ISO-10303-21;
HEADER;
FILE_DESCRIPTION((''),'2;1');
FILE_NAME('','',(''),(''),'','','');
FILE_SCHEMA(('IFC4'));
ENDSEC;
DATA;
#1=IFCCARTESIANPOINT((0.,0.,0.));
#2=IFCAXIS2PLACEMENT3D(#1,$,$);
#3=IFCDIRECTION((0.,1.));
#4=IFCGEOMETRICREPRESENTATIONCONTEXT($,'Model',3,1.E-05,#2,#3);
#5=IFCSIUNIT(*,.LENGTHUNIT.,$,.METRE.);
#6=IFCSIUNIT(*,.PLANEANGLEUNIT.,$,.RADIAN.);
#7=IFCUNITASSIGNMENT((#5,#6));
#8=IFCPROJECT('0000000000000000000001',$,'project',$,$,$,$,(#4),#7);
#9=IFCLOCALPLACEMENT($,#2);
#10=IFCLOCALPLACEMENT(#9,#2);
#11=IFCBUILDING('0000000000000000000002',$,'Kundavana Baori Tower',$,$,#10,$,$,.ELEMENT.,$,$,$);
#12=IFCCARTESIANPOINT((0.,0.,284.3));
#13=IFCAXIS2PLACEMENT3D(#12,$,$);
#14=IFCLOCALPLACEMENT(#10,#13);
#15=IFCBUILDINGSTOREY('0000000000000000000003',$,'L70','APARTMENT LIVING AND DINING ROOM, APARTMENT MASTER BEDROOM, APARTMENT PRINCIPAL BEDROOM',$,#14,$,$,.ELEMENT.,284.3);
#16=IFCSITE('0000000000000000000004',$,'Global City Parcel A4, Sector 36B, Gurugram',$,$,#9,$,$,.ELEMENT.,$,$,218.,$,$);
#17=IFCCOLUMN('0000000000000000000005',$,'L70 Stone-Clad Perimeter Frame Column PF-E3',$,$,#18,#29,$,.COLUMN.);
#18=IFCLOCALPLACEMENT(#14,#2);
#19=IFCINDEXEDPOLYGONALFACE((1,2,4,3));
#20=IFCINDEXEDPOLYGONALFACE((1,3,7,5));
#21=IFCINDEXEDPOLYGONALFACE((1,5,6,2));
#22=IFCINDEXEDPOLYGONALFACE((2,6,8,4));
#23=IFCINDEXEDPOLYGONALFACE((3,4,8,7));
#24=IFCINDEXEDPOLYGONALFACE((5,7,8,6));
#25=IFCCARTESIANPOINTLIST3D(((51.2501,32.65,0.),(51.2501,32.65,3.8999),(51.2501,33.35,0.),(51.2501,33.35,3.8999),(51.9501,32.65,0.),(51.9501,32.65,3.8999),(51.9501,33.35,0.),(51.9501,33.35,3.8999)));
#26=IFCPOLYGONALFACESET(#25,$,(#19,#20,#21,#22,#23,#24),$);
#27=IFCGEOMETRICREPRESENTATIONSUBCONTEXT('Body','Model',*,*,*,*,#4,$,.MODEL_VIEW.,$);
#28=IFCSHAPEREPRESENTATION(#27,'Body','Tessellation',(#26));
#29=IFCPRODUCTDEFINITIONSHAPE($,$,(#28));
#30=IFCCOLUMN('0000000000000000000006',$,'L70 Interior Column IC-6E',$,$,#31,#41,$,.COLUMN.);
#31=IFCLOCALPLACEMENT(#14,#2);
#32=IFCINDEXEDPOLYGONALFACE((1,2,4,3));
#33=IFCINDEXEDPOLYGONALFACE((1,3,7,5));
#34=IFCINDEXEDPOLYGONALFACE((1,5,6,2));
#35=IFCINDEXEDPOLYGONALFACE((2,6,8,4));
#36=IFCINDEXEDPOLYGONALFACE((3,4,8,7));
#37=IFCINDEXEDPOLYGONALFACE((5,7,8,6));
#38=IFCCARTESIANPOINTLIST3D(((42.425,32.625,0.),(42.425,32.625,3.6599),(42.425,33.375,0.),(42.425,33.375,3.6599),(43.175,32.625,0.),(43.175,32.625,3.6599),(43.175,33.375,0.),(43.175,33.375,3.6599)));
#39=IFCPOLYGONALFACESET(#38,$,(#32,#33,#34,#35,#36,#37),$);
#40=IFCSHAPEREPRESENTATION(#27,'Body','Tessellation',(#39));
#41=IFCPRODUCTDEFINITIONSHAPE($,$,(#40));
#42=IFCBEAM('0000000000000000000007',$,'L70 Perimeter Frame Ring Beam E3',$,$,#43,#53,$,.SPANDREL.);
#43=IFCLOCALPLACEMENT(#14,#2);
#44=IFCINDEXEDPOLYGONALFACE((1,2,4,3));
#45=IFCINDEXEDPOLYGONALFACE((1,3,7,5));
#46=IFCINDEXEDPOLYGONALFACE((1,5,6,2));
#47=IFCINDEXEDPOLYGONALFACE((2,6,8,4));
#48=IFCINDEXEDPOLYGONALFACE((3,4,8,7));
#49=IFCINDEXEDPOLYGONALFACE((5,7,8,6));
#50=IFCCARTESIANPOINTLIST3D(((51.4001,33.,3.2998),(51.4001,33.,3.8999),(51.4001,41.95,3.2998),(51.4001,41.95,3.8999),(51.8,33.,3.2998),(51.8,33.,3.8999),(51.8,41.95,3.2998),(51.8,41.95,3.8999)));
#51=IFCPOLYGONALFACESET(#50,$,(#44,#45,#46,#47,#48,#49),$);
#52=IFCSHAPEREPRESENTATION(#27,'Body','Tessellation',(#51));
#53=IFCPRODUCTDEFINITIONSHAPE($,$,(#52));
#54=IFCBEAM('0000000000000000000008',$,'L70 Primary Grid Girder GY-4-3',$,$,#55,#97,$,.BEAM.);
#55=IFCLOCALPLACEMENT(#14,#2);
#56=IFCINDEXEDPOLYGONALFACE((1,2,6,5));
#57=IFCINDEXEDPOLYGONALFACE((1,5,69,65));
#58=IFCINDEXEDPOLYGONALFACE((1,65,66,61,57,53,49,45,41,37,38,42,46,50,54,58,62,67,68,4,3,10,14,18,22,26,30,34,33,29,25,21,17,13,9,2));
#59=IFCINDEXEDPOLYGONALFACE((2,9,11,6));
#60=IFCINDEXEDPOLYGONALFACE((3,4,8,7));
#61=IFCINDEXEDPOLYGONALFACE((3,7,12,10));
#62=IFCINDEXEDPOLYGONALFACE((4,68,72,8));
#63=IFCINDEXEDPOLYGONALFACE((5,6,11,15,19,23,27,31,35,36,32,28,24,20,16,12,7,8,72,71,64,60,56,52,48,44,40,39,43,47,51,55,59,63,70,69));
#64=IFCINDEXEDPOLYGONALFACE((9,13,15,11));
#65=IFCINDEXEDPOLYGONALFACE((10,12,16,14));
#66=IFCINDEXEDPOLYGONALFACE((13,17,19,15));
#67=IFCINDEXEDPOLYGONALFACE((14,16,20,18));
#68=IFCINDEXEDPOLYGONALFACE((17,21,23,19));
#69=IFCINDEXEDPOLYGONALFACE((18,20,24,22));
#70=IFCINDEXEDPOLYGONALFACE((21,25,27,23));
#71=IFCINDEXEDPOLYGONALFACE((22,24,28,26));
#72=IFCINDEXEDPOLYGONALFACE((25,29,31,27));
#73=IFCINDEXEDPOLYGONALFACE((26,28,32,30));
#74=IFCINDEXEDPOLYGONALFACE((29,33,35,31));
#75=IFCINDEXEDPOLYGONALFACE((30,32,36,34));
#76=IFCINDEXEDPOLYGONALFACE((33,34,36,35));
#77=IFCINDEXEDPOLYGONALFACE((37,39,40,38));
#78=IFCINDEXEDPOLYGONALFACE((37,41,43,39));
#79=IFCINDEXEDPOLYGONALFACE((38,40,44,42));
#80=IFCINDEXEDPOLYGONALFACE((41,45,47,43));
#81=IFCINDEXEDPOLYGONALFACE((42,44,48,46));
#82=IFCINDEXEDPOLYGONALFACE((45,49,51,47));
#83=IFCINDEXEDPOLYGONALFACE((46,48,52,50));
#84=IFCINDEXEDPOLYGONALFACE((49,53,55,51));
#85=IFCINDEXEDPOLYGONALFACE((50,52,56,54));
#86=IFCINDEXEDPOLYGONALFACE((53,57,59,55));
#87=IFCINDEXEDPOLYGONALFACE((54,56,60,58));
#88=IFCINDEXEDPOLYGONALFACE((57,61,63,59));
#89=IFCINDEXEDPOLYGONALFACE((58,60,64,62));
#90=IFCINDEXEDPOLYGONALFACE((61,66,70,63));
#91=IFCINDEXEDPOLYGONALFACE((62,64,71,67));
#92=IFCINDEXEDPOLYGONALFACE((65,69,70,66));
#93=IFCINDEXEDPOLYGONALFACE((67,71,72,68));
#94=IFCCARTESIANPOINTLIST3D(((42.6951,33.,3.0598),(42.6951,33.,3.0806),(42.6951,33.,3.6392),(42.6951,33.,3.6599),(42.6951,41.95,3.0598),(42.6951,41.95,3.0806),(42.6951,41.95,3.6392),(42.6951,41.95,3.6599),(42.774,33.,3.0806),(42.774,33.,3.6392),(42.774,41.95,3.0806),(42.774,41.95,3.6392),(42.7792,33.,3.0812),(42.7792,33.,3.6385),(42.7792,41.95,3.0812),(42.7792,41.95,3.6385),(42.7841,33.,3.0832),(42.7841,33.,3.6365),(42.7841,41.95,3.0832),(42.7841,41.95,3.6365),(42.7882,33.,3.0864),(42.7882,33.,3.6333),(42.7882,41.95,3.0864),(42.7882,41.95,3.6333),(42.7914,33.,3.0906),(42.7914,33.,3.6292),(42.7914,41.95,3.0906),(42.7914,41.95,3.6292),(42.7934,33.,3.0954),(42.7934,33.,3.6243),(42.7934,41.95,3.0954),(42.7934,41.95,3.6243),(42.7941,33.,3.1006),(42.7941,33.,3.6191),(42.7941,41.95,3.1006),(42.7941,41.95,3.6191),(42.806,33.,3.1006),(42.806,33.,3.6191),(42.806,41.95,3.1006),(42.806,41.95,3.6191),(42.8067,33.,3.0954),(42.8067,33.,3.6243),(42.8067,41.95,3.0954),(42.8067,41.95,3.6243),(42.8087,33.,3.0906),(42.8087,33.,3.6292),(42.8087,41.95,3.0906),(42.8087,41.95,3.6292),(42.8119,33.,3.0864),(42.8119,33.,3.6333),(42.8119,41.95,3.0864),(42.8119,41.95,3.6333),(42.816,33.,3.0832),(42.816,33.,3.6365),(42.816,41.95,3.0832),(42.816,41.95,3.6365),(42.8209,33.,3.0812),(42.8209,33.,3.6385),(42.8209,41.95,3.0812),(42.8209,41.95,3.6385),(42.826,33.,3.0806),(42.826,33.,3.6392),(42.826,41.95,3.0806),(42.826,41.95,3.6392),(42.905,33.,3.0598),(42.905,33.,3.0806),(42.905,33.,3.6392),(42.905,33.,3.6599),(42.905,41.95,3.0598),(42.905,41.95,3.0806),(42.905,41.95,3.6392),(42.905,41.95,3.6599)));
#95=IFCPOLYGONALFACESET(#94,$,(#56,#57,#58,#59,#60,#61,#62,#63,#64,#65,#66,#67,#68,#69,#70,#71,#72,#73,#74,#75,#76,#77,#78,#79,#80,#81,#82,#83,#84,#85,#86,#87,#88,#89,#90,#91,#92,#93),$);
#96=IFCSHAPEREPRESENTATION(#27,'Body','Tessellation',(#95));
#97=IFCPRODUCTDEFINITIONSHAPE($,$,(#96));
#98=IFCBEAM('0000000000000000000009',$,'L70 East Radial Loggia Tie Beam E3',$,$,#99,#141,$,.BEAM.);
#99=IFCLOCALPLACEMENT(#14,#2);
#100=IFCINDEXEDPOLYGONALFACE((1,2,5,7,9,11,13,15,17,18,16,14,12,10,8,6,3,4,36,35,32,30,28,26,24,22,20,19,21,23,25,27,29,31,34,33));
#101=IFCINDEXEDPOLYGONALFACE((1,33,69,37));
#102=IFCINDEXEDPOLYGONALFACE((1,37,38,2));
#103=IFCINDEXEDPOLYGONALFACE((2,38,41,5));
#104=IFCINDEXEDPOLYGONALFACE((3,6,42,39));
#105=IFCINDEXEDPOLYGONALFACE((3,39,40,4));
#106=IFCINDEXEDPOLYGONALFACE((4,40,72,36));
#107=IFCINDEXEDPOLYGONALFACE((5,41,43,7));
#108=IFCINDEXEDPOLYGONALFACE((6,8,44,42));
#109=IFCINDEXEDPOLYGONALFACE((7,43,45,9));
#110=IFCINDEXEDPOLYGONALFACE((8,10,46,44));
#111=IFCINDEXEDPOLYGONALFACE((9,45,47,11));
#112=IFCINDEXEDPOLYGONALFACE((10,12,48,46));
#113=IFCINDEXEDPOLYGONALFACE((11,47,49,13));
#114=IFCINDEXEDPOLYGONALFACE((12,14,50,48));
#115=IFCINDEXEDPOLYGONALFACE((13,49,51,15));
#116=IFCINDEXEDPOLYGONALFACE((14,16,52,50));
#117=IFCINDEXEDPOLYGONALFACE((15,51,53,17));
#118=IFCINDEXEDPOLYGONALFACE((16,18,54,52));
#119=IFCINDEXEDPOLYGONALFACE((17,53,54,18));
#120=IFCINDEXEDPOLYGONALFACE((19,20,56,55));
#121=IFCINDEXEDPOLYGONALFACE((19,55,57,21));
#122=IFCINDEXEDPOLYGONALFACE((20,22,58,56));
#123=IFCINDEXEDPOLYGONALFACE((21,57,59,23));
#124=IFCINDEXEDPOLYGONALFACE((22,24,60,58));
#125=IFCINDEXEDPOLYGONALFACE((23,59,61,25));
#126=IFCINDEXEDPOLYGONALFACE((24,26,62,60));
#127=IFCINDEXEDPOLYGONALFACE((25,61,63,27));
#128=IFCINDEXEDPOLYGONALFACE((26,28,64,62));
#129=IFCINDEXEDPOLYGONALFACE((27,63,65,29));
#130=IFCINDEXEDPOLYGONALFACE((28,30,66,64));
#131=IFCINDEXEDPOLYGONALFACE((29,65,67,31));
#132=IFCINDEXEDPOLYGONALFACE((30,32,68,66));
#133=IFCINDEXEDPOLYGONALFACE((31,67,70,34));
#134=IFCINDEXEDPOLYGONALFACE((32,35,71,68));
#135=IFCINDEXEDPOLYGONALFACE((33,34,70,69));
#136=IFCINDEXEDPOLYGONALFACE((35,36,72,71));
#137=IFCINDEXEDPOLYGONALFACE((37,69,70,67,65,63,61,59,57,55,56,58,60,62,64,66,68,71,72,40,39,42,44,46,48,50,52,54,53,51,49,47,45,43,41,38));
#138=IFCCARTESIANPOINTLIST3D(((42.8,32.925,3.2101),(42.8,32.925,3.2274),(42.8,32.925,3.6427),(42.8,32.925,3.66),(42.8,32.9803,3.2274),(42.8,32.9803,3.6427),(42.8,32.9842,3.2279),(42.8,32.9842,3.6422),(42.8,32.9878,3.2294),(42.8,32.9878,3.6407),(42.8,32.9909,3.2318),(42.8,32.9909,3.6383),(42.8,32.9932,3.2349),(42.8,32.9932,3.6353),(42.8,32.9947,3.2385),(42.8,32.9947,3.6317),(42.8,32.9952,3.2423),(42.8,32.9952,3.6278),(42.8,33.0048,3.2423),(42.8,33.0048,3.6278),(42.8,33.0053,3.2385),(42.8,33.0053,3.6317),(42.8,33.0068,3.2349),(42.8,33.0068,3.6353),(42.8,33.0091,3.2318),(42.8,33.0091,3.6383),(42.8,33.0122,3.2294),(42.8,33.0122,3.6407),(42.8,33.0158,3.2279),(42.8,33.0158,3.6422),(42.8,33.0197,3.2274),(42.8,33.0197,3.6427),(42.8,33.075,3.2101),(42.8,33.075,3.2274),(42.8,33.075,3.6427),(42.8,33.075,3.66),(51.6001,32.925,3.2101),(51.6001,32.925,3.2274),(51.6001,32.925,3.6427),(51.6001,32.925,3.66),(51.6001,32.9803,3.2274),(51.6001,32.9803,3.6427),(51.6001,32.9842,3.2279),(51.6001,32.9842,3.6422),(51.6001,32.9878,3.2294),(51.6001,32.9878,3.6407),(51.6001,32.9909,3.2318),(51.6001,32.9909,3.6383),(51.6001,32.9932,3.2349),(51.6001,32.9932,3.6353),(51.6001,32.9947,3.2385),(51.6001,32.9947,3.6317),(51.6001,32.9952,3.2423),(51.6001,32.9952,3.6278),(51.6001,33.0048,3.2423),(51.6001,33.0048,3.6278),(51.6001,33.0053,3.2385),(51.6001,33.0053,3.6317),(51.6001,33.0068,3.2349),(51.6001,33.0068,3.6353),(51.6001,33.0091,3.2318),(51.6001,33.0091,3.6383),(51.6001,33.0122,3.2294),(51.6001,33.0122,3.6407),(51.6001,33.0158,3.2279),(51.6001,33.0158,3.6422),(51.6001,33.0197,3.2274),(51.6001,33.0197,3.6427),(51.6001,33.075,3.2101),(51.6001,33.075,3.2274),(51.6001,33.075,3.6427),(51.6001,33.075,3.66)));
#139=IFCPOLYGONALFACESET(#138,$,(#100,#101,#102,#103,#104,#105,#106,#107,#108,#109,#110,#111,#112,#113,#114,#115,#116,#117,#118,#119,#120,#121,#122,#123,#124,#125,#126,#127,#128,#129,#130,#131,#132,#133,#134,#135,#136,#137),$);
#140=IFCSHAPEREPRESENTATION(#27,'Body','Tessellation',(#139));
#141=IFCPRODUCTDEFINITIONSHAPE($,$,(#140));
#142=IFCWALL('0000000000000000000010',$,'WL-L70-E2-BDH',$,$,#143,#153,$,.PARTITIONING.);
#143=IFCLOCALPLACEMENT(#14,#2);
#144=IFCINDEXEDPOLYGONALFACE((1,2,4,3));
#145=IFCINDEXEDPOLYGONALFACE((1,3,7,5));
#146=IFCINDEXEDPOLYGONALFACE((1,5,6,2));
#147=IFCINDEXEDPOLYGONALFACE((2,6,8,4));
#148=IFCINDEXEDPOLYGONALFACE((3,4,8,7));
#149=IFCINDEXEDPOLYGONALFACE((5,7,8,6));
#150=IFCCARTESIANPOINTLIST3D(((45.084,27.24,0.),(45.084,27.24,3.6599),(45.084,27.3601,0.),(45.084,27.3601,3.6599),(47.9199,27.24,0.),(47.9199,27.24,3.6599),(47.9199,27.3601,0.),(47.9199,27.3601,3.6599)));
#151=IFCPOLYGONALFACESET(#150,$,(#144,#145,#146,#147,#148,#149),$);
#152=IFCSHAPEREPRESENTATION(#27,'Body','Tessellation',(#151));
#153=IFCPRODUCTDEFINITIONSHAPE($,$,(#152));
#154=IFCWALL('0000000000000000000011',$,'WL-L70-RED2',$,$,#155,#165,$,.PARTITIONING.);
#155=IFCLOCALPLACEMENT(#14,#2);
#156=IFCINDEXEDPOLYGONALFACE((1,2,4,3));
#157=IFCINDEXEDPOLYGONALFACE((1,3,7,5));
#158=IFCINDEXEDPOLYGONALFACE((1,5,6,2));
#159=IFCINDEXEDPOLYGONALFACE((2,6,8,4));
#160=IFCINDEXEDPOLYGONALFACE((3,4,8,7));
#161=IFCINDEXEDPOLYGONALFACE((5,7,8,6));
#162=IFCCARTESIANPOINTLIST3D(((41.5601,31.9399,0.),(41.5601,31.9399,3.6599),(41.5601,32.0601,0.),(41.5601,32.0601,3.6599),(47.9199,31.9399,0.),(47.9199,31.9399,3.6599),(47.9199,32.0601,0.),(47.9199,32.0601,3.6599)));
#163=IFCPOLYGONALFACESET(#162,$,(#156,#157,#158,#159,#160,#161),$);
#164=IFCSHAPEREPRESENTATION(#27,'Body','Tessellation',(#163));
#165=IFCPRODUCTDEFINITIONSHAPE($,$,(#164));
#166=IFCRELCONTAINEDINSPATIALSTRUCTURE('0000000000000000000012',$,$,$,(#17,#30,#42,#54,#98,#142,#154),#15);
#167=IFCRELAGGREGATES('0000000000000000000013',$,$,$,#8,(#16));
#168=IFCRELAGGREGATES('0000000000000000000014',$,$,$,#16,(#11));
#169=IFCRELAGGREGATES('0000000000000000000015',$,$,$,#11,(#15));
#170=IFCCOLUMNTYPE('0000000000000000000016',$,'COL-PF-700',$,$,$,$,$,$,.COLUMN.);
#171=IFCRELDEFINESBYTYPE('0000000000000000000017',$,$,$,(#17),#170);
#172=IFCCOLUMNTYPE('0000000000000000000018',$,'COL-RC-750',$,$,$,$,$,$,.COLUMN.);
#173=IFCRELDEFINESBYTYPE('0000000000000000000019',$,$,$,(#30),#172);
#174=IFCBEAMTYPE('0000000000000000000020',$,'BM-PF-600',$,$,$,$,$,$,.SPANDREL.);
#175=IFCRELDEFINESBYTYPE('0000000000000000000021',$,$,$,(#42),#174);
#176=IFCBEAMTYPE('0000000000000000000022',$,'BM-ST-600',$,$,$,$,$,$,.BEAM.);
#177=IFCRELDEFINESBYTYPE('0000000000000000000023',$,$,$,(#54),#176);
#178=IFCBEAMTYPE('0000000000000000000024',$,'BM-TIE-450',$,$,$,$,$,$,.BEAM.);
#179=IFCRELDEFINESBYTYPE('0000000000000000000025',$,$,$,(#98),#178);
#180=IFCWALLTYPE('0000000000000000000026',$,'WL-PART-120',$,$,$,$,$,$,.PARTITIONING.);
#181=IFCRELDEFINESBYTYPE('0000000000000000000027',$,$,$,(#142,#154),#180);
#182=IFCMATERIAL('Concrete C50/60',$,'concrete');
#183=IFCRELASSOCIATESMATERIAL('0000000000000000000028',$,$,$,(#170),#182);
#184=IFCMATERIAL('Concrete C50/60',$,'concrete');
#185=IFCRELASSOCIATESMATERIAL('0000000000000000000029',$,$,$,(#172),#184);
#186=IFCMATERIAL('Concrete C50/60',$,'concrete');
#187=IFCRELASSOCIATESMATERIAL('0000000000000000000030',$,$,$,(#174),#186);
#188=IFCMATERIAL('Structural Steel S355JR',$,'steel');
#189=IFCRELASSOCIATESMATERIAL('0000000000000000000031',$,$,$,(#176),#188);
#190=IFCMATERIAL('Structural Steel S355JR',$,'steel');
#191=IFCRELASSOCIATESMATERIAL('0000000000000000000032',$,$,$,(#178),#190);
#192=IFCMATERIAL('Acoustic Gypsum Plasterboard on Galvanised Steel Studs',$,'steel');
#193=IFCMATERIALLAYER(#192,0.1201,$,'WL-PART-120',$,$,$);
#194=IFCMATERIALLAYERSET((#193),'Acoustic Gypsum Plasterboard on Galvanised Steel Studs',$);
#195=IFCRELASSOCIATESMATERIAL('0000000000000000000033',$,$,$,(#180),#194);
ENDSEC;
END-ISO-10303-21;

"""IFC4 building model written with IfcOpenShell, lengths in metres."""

from ifc_helpers import new_model, si_unit, direction, frame, frame_2d, origin, origin_2d, place, context, subcontext, project, spatial, rectangle, i_section, extrude, material, layer, layer_set, material_profile, profile_set, type_object, element, save


model = new_model("IFC4")

# Units and contexts
model_context = context("Model", 3, precision=1e-05, world=origin(), true_north=direction((0.0, 1.0)))
body_context = subcontext(model_context, "Body", "Model", "MODEL_VIEW")
ifc_project = project(units=[si_unit("LENGTHUNIT", "METRE"), si_unit("PLANEANGLEUNIT", "RADIAN")], contexts=[model_context])

# Site, building, storey
site_placement = place(None, origin())
site = spatial("IfcSite", under=ifc_project, at=site_placement, Name="Global City Parcel A4, Sector 36B, Gurugram", CompositionType="ELEMENT", RefElevation=218.0)
building_placement = place(site_placement, origin())
building = spatial("IfcBuilding", under=site, at=building_placement, Name="Kundavana Baori Tower", CompositionType="ELEMENT")
storey_placement = place(building_placement, frame((0.0, 0.0, 284.3)))
storey = spatial("IfcBuildingStorey", under=building, at=storey_placement, Name="L70", Description="APARTMENT LIVING AND DINING ROOM, APARTMENT MASTER BEDROOM, APARTMENT PRINCIPAL BEDROOM", CompositionType="ELEMENT", Elevation=284.3)

# Columns
ifc_material_1 = material(Name="Concrete C50/60", Category="concrete")
ifc_material_profile_1 = material_profile(ifc_material_1, rectangle(XDim=0.7, YDim=0.7, at=origin_2d()), Name="RC PF 700x700")
ifc_profile_set_1 = profile_set([ifc_material_profile_1], Name="Concrete C50/60")
column_type_1 = type_object("IfcColumnType", Name="COL-PF-700", PredefinedType="COLUMN", material=ifc_profile_set_1)
column_1_placement = place(storey_placement, frame((51.6001, 33.0, 0.0), z_axis=(0.0, 0.0, 1.0), x_axis=(1.0, 0.0, 0.0)))
element("IfcColumn", 1, at=column_1_placement, inside=storey, type_object=column_type_1, Name="L70 Stone-Clad Perimeter Frame Column PF-E3", PredefinedType="COLUMN", context=body_context, shape_type="SweptSolid", body=[
    extrude(rectangle(XDim=0.7, YDim=0.7, at=origin_2d()), origin(), (0.0, 0.0, 1.0), 3.8999),
])
ifc_material_2 = material(Name="Concrete C50/60", Category="concrete")
ifc_material_profile_2 = material_profile(ifc_material_2, rectangle(XDim=0.75, YDim=0.75, at=origin_2d()), Name="RC 750x750")
ifc_profile_set_2 = profile_set([ifc_material_profile_2], Name="Concrete C50/60")
column_type_2 = type_object("IfcColumnType", Name="COL-RC-750", PredefinedType="COLUMN", material=ifc_profile_set_2)
column_2_placement = place(storey_placement, frame((42.8, 33.0, 0.0), z_axis=(0.0, 0.0, 1.0), x_axis=(1.0, 0.0, 0.0)))
element("IfcColumn", 2, at=column_2_placement, inside=storey, type_object=column_type_2, Name="L70 Interior Column IC-6E", PredefinedType="COLUMN", context=body_context, shape_type="SweptSolid", body=[
    extrude(rectangle(XDim=0.75, YDim=0.75, at=origin_2d()), origin(), (0.0, 0.0, 1.0), 3.6599),
])

# Beams
ifc_material_3 = material(Name="Concrete C50/60", Category="concrete")
ifc_material_profile_3 = material_profile(ifc_material_3, rectangle(XDim=0.3999, YDim=0.6001, at=origin_2d()), Name="RC BM 400x600")
ifc_profile_set_3 = profile_set([ifc_material_profile_3], Name="Concrete C50/60")
beam_type_1 = type_object("IfcBeamType", Name="BM-PF-600", PredefinedType="SPANDREL", material=ifc_profile_set_3)
beam_1_placement = place(storey_placement, frame((51.6001, 33.0, 3.5999), z_axis=(0.0, 1.0, 0.0), x_axis=(-1.0, 0.0, 0.0)))
element("IfcBeam", 3, at=beam_1_placement, inside=storey, type_object=beam_type_1, Name="L70 Perimeter Frame Ring Beam E3", PredefinedType="SPANDREL", context=body_context, shape_type="SweptSolid", body=[
    extrude(rectangle(XDim=0.3999, YDim=0.6001, at=origin_2d()), origin(), (0.0, 0.0, 1.0), 8.95),
])
ifc_material_4 = material(Name="Structural Steel S355JR", Category="steel")
ifc_material_profile_4 = material_profile(ifc_material_4, i_section(OverallWidth=0.21, OverallDepth=0.6001, WebThickness=0.012, FlangeThickness=0.0208, FilletRadius=0.02, at=origin_2d()), Name="ISMB 600")
ifc_profile_set_4 = profile_set([ifc_material_profile_4], Name="Structural Steel S355JR")
beam_type_2 = type_object("IfcBeamType", Name="BM-ST-600", PredefinedType="BEAM", material=ifc_profile_set_4)
beam_2_placement = place(storey_placement, frame((42.8, 33.0, 3.3599), z_axis=(0.0, 1.0, 0.0), x_axis=(-1.0, 0.0, 0.0)))
element("IfcBeam", 4, at=beam_2_placement, inside=storey, type_object=beam_type_2, Name="L70 Primary Grid Girder GY-4-3", PredefinedType="BEAM", context=body_context, shape_type="SweptSolid", body=[
    extrude(i_section(OverallWidth=0.21, OverallDepth=0.6001, WebThickness=0.012, FlangeThickness=0.0208, FilletRadius=0.02, at=origin_2d()), origin(), (0.0, 0.0, 1.0), 8.95),
])
ifc_material_5 = material(Name="Structural Steel S355JR", Category="steel")
ifc_material_profile_5 = material_profile(ifc_material_5, i_section(OverallWidth=0.1499, OverallDepth=0.45, WebThickness=0.0095, FlangeThickness=0.0173, FilletRadius=0.0149, at=origin_2d()), Name="ISMB 450")
ifc_profile_set_5 = profile_set([ifc_material_profile_5], Name="Structural Steel S355JR")
beam_type_3 = type_object("IfcBeamType", Name="BM-TIE-450", PredefinedType="BEAM", material=ifc_profile_set_5)
beam_3_placement = place(storey_placement, frame((42.8, 33.0, 3.4351), z_axis=(1.0, 0.0, 0.0), x_axis=(0.0, 1.0, 0.0)))
element("IfcBeam", 5, at=beam_3_placement, inside=storey, type_object=beam_type_3, Name="L70 East Radial Loggia Tie Beam E3", PredefinedType="BEAM", context=body_context, shape_type="SweptSolid", body=[
    extrude(i_section(OverallWidth=0.1499, OverallDepth=0.45, WebThickness=0.0095, FlangeThickness=0.0173, FilletRadius=0.0149, at=origin_2d()), origin(), (0.0, 0.0, 1.0), 8.8),
])

# Walls
ifc_material_6 = material(Name="Acoustic Gypsum Plasterboard on Galvanised Steel Studs", Category="steel")
ifc_layer_1 = layer(ifc_material_6, 0.1201, Name="WL-PART-120")
ifc_layer_set_1 = layer_set([ifc_layer_1], Name="Acoustic Gypsum Plasterboard on Galvanised Steel Studs")
wall_type_1 = type_object("IfcWallType", Name="WL-PART-120", PredefinedType="PARTITIONING", material=ifc_layer_set_1)
wall_1_placement = place(storey_placement, frame((45.084, 27.3, 0.0), z_axis=(0.0, 0.0, 1.0), x_axis=(1.0, 0.0, 0.0)))
element("IfcWall", 6, at=wall_1_placement, inside=storey, type_object=wall_type_1, Name="WL-L70-E2-BDH", PredefinedType="PARTITIONING", context=body_context, shape_type="SweptSolid", body=[
    extrude(rectangle(XDim=2.8359, YDim=0.1201, at=frame_2d((1.418, 0.0))), origin(), (0.0, 0.0, 1.0), 3.6599),
])
wall_2_placement = place(storey_placement, frame((41.5601, 32.0, 0.0), z_axis=(0.0, 0.0, 1.0), x_axis=(1.0, 0.0, 0.0)))
element("IfcWall", 7, at=wall_2_placement, inside=storey, type_object=wall_type_1, Name="WL-L70-RED2", PredefinedType="PARTITIONING", context=body_context, shape_type="SweptSolid", body=[
    extrude(rectangle(XDim=6.3599, YDim=0.1201, at=frame_2d((3.1799, 0.0))), origin(), (0.0, 0.0, 1.0), 3.6599),
])

save(model, "model.ifc")
